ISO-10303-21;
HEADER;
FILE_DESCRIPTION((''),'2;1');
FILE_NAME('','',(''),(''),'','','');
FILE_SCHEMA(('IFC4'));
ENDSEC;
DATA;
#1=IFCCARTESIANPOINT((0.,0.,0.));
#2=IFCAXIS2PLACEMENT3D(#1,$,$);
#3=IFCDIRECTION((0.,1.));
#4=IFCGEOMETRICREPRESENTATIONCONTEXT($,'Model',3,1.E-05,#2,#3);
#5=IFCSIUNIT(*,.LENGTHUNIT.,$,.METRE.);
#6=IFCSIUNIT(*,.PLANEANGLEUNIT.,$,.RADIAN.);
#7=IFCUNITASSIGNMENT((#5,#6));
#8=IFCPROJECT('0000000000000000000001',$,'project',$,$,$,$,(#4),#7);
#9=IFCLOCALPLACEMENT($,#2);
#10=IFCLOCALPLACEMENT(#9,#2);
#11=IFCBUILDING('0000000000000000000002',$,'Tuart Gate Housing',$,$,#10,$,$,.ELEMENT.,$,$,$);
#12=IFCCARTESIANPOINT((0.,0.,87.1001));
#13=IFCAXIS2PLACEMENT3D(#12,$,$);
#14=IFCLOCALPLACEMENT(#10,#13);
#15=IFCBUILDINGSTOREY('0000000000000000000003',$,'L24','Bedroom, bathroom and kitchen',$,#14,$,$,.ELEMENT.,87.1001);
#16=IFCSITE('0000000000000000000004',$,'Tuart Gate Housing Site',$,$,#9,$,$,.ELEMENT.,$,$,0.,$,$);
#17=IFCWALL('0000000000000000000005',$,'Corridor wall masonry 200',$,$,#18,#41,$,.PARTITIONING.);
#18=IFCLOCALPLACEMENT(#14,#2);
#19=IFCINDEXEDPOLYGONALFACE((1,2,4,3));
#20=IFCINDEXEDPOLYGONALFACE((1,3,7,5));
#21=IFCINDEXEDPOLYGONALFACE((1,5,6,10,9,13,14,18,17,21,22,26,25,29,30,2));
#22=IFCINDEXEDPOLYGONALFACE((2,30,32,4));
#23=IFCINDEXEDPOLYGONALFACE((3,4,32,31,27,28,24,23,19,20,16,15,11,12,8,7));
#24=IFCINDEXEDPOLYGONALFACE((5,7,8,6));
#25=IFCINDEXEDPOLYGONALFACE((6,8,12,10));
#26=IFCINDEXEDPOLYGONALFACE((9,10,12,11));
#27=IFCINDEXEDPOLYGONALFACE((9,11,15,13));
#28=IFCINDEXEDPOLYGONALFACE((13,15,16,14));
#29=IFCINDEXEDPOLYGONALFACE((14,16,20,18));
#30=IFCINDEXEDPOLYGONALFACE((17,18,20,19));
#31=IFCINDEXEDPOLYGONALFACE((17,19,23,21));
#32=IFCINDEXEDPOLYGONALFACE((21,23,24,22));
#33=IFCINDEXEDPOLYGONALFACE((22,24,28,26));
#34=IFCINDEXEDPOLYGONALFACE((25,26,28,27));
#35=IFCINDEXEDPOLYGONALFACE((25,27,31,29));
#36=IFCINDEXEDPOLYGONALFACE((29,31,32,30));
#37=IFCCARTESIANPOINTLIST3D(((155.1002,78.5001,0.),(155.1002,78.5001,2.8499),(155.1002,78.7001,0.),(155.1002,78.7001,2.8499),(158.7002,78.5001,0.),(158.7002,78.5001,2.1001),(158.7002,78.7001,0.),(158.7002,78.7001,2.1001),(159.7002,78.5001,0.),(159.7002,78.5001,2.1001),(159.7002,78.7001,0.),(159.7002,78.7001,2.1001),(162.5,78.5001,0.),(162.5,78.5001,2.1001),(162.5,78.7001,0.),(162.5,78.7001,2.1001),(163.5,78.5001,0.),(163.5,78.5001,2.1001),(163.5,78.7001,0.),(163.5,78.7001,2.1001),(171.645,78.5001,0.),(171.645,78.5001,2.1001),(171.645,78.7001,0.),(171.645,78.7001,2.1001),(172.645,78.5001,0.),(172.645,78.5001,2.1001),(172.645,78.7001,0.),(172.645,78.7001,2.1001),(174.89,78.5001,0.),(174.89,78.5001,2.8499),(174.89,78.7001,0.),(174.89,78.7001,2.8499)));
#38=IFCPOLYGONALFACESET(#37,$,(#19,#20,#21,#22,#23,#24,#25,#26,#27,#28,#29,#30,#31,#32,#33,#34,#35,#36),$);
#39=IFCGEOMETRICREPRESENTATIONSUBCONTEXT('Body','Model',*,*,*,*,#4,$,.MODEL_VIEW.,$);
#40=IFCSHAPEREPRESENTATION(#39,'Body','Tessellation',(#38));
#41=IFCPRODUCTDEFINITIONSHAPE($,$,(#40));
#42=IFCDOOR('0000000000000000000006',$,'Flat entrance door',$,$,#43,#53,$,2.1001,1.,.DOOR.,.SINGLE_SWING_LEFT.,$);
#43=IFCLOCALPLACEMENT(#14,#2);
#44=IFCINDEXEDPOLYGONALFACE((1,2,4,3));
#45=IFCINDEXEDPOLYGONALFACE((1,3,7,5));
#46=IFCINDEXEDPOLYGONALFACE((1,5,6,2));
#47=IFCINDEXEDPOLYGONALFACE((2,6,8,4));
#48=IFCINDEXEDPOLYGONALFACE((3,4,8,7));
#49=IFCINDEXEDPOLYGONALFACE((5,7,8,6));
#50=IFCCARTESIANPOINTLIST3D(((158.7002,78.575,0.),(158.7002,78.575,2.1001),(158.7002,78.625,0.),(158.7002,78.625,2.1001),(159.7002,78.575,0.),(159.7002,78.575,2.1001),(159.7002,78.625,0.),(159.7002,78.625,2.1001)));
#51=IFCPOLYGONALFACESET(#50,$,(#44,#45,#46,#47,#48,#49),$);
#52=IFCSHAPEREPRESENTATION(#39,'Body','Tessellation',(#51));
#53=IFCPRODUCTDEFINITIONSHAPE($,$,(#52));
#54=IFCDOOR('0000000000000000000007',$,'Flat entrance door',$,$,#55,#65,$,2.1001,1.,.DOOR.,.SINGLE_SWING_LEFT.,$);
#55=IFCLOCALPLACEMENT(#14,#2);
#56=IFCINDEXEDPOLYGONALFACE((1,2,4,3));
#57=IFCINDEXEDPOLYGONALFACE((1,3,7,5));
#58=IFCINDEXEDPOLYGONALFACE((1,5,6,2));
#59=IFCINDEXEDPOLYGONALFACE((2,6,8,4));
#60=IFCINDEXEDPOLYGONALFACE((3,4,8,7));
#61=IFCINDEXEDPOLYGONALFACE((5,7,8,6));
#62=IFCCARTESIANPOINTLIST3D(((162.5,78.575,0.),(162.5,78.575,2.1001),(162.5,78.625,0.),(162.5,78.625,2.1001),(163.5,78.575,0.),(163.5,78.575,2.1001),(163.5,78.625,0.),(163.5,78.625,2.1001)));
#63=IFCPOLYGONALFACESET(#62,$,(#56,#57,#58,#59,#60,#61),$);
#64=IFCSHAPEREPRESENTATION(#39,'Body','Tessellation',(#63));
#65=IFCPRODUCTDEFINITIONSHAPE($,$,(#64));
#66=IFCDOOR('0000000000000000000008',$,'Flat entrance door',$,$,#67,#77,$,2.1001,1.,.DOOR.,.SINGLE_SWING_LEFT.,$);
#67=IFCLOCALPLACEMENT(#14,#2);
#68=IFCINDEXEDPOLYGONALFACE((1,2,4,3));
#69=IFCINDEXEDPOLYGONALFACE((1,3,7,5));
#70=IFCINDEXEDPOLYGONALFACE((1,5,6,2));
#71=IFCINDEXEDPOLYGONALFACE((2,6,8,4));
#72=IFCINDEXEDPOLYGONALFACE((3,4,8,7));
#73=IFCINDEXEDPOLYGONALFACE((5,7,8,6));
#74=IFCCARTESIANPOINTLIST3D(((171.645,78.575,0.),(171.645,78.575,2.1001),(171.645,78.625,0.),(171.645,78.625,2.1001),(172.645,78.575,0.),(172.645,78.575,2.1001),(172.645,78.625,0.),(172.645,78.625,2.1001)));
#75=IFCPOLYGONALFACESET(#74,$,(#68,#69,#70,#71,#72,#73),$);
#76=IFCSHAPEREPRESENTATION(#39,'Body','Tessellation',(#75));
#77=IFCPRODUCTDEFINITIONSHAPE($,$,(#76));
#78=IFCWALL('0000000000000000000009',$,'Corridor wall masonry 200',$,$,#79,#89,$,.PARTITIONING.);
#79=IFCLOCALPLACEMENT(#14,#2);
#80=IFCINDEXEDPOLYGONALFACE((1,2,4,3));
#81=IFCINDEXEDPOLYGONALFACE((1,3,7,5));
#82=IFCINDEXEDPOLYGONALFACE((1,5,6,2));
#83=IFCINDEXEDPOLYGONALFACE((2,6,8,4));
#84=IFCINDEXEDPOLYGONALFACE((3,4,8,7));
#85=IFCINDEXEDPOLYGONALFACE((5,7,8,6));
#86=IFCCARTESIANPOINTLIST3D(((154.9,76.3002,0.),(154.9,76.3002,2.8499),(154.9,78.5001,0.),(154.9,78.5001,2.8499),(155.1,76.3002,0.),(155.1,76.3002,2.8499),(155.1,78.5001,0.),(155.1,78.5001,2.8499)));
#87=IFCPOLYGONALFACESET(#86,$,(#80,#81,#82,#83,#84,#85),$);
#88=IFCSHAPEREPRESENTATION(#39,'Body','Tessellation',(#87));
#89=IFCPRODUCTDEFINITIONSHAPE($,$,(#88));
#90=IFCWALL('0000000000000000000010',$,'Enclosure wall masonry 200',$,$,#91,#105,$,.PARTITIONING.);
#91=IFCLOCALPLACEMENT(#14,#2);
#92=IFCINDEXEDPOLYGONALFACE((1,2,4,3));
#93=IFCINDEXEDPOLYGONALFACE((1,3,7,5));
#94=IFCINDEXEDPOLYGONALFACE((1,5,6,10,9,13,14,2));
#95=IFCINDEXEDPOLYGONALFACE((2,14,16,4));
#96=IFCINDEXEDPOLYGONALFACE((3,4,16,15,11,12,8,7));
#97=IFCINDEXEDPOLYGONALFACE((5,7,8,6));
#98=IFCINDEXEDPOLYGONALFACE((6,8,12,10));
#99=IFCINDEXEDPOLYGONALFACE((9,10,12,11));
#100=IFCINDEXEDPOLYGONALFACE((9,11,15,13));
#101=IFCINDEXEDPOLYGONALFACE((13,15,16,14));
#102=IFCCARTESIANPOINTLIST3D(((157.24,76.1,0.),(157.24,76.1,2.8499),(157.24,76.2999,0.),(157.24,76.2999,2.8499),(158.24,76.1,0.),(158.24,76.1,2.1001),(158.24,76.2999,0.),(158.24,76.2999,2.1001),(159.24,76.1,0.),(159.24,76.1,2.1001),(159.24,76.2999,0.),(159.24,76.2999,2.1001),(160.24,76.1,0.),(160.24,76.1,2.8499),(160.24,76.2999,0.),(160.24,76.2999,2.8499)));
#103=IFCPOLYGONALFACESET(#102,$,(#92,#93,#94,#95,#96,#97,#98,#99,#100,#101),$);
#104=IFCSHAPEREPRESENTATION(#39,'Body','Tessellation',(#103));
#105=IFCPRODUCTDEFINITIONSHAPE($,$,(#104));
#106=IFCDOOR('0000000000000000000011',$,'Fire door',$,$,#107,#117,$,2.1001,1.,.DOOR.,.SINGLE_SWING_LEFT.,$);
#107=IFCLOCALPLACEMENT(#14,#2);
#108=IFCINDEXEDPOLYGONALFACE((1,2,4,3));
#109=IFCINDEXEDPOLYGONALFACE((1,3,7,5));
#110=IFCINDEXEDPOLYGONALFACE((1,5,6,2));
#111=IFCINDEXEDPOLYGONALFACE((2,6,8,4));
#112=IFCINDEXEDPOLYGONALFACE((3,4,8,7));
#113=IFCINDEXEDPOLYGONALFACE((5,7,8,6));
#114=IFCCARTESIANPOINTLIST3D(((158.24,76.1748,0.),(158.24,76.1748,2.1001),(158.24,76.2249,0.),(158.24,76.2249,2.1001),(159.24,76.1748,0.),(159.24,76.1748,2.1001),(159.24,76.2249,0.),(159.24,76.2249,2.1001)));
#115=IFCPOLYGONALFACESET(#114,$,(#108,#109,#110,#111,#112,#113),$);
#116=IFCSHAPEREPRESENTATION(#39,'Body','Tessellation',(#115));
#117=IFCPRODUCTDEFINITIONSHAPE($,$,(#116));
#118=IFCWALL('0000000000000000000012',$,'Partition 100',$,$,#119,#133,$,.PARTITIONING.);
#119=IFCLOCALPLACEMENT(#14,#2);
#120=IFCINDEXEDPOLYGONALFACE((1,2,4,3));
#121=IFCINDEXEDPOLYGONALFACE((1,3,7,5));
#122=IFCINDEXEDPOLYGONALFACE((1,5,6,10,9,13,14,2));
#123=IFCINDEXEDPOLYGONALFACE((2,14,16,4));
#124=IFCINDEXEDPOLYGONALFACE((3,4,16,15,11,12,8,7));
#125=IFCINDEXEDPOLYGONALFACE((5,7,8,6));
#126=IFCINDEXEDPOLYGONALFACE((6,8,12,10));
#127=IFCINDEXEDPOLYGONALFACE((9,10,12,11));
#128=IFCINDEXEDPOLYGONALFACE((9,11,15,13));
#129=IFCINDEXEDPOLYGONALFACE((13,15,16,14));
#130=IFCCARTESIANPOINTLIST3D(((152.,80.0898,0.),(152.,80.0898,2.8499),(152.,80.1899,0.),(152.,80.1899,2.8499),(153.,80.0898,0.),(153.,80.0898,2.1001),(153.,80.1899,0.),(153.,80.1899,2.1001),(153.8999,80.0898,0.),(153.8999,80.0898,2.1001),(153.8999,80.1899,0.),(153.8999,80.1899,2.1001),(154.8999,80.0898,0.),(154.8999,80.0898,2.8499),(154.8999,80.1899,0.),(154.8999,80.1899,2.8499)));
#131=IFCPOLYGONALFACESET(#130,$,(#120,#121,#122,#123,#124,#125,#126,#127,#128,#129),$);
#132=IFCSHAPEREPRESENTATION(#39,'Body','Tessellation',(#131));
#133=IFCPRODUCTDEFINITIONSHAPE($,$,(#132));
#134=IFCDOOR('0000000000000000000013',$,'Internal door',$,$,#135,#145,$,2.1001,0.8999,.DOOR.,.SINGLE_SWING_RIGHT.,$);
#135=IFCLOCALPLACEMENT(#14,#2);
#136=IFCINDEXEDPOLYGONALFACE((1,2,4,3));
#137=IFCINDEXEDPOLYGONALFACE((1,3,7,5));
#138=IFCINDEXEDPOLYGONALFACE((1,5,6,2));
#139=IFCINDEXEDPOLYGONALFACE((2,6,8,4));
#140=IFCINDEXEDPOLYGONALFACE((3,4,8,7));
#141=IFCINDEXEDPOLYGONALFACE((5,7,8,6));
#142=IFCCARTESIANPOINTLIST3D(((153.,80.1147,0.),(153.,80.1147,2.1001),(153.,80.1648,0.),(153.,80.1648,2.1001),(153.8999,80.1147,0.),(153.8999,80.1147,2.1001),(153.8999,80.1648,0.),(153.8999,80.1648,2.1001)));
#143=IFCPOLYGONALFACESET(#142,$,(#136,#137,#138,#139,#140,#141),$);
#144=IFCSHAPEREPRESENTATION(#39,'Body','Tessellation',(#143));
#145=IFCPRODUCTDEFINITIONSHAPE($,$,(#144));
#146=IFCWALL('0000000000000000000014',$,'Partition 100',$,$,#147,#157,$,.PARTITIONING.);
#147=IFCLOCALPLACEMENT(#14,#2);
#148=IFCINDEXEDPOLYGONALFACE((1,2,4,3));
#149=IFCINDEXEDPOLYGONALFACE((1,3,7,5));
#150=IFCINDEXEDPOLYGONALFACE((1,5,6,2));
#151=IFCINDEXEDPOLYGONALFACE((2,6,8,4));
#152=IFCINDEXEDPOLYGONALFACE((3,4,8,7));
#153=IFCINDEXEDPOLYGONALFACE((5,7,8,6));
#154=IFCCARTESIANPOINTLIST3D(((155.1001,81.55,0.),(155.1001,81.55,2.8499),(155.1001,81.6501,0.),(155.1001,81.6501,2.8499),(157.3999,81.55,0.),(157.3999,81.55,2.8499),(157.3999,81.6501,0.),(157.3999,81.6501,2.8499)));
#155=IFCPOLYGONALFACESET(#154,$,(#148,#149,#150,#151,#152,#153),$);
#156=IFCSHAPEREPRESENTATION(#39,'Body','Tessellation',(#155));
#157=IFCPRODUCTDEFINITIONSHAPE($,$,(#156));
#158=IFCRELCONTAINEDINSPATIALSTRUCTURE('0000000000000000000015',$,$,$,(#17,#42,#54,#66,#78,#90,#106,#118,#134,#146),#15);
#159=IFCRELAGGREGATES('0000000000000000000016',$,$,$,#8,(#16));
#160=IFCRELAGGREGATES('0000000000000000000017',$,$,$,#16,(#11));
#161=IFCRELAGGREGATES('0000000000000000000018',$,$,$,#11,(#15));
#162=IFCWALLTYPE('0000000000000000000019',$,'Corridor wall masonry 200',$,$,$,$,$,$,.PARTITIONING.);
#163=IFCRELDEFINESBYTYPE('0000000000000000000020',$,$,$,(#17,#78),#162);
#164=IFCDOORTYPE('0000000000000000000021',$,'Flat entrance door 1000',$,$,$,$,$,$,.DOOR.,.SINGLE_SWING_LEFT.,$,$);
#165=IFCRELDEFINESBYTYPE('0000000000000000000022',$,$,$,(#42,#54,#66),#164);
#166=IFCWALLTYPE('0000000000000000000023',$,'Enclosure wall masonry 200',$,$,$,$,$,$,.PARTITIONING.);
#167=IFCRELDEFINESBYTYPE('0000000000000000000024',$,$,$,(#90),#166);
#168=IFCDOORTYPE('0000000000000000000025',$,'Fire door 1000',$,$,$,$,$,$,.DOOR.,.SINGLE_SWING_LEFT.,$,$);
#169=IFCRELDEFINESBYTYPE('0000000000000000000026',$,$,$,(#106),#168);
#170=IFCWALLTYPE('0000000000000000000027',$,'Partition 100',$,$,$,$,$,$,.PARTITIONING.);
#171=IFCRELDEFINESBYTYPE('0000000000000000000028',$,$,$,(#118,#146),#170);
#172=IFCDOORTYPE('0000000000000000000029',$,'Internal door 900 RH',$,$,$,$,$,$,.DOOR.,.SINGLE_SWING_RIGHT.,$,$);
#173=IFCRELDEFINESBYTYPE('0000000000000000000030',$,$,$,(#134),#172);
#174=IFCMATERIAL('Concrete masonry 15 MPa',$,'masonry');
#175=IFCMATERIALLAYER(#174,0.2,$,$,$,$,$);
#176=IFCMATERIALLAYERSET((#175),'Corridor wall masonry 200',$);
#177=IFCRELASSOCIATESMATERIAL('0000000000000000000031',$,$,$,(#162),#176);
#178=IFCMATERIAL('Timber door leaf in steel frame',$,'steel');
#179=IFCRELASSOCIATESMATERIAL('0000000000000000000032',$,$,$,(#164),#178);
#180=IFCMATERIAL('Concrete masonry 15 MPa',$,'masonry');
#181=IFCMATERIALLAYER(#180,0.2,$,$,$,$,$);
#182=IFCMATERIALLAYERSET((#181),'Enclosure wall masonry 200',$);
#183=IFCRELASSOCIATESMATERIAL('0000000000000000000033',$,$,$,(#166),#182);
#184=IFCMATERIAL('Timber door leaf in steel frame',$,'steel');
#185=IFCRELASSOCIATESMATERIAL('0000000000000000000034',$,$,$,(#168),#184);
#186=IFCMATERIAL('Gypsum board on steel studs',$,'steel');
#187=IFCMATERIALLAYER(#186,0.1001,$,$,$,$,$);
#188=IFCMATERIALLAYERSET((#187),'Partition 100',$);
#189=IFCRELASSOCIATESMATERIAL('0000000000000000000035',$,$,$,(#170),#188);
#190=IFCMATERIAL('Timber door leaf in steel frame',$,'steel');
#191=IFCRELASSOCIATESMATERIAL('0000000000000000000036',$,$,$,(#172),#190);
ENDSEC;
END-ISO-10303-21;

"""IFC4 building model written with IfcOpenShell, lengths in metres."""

from ifc_helpers import new_model, si_unit, direction, frame, frame_2d, origin, place, context, subcontext, project, spatial, rectangle, extrude, material, layer, layer_set, type_object, element, fill, save


model = new_model("IFC4")

# Units and contexts
model_context = context("Model", 3, precision=1e-05, world=origin(), true_north=direction((0.0, 1.0)))
body_context = subcontext(model_context, "Body", "Model", "MODEL_VIEW")
ifc_project = project(units=[si_unit("LENGTHUNIT", "METRE"), si_unit("PLANEANGLEUNIT", "RADIAN")], contexts=[model_context])

# Site, building, storey
site_placement = place(None, origin())
site = spatial("IfcSite", under=ifc_project, at=site_placement, Name="Tuart Gate Housing Site", CompositionType="ELEMENT", RefElevation=0.0)
building_placement = place(site_placement, origin())
building = spatial("IfcBuilding", under=site, at=building_placement, Name="Tuart Gate Housing", CompositionType="ELEMENT")
storey_placement = place(building_placement, frame((0.0, 0.0, 87.1001)))
storey = spatial("IfcBuildingStorey", under=building, at=storey_placement, Name="L24", Description="Bedroom, bathroom and kitchen", CompositionType="ELEMENT", Elevation=87.1001)

# Shared definitions
ifc_material_1 = material(Name="Concrete masonry 15 MPa", Category="masonry")
ifc_layer_1 = layer(ifc_material_1, 0.2)
ifc_layer_set_1 = layer_set([ifc_layer_1], Name="Corridor wall masonry 200")
wall_type_1 = type_object("IfcWallType", Name="Corridor wall masonry 200", PredefinedType="PARTITIONING", material=ifc_layer_set_1)

# Wall, openings, doors
wall_1_placement = place(storey_placement, frame((155.1001, 78.6001, 0.0), z_axis=(0.0, 0.0, 1.0), x_axis=(1.0, 0.0, 0.0)))
wall_1 = element("IfcWall", 1, at=wall_1_placement, inside=storey, type_object=wall_type_1, Name="Corridor wall masonry 200", PredefinedType="PARTITIONING", context=body_context, shape_type="SweptSolid", body=[
    extrude(rectangle(XDim=19.7898, YDim=0.2, at=frame_2d((9.895, 0.0))), origin(), (0.0, 0.0, 1.0), 2.8499),
])
opening_1_placement = place(wall_1_placement, frame((3.6001, 0.0, 0.0)))
opening_1 = element("IfcOpeningElement", 2, at=opening_1_placement, cuts=wall_1, PredefinedType="OPENING", context=body_context, shape_type="SweptSolid", body=[
    extrude(rectangle(XDim=1.0, YDim=2.1001, at=frame_2d((0.5, 1.05))), frame((0.0, 0.1099, 0.0), z_axis=(0.0, -1.0, 0.0), x_axis=(1.0, 0.0, 0.0)), (0.0, 0.0, 1.0), 0.22),
])
opening_2_placement = place(wall_1_placement, frame((7.3999, 0.0, 0.0)))
opening_2 = element("IfcOpeningElement", 3, at=opening_2_placement, cuts=wall_1, PredefinedType="OPENING", context=body_context, shape_type="SweptSolid", body=[
    extrude(rectangle(XDim=1.0, YDim=2.1001, at=frame_2d((0.5, 1.05))), frame((0.0, 0.1099, 0.0), z_axis=(0.0, -1.0, 0.0), x_axis=(1.0, 0.0, 0.0)), (0.0, 0.0, 1.0), 0.22),
])
opening_3_placement = place(wall_1_placement, frame((16.5449, 0.0, 0.0)))
opening_3 = element("IfcOpeningElement", 4, at=opening_3_placement, cuts=wall_1, PredefinedType="OPENING", context=body_context, shape_type="SweptSolid", body=[
    extrude(rectangle(XDim=1.0, YDim=2.1001, at=frame_2d((0.5, 1.05))), frame((0.0, 0.1099, 0.0), z_axis=(0.0, -1.0, 0.0), x_axis=(1.0, 0.0, 0.0)), (0.0, 0.0, 1.0), 0.22),
])
ifc_material_2 = material(Name="Timber door leaf in steel frame", Category="steel")
door_type_1 = type_object("IfcDoorType", Name="Flat entrance door 1000", OperationType="SINGLE_SWING_LEFT", PredefinedType="DOOR", material=ifc_material_2)
door_1_placement = place(opening_1_placement, origin())
door_1 = element("IfcDoor", 5, at=door_1_placement, inside=storey, type_object=door_type_1, Name="Flat entrance door", OperationType="SINGLE_SWING_LEFT", OverallHeight=2.1001, OverallWidth=1.0, PredefinedType="DOOR", context=body_context, shape_type="SweptSolid", body=[
    extrude(rectangle(XDim=1.0, YDim=2.1001, at=frame_2d((0.5, 1.05))), frame((0.0, 0.0249, 0.0), z_axis=(0.0, -1.0, 0.0), x_axis=(1.0, 0.0, 0.0)), (0.0, 0.0, 1.0), 0.05),
])
fill(opening_1, door_1)
door_2_placement = place(opening_2_placement, origin())
door_2 = element("IfcDoor", 6, at=door_2_placement, inside=storey, type_object=door_type_1, Name="Flat entrance door", OperationType="SINGLE_SWING_LEFT", OverallHeight=2.1001, OverallWidth=1.0, PredefinedType="DOOR", context=body_context, shape_type="SweptSolid", body=[
    extrude(rectangle(XDim=1.0, YDim=2.1001, at=frame_2d((0.5, 1.05))), frame((0.0, 0.0249, 0.0), z_axis=(0.0, -1.0, 0.0), x_axis=(1.0, 0.0, 0.0)), (0.0, 0.0, 1.0), 0.05),
])
fill(opening_2, door_2)
door_3_placement = place(opening_3_placement, origin())
door_3 = element("IfcDoor", 7, at=door_3_placement, inside=storey, type_object=door_type_1, Name="Flat entrance door", OperationType="SINGLE_SWING_LEFT", OverallHeight=2.1001, OverallWidth=1.0, PredefinedType="DOOR", context=body_context, shape_type="SweptSolid", body=[
    extrude(rectangle(XDim=1.0, YDim=2.1001, at=frame_2d((0.5, 1.05))), frame((0.0, 0.0249, 0.0), z_axis=(0.0, -1.0, 0.0), x_axis=(1.0, 0.0, 0.0)), (0.0, 0.0, 1.0), 0.05),
])
fill(opening_3, door_3)

# Wall
wall_2_placement = place(storey_placement, frame((155.0, 76.3, 0.0), z_axis=(0.0, 0.0, 1.0), x_axis=(0.0, 1.0, 0.0)))
element("IfcWall", 8, at=wall_2_placement, inside=storey, type_object=wall_type_1, Name="Corridor wall masonry 200", PredefinedType="PARTITIONING", context=body_context, shape_type="SweptSolid", body=[
    extrude(rectangle(XDim=2.2, YDim=0.2, at=frame_2d((1.1001, 0.0))), origin(), (0.0, 0.0, 1.0), 2.8499),
])

# Walls, openings, doors
ifc_material_3 = material(Name="Concrete masonry 15 MPa", Category="masonry")
ifc_layer_2 = layer(ifc_material_3, 0.2)
ifc_layer_set_2 = layer_set([ifc_layer_2], Name="Enclosure wall masonry 200")
wall_type_2 = type_object("IfcWallType", Name="Enclosure wall masonry 200", PredefinedType="PARTITIONING", material=ifc_layer_set_2)
wall_3_placement = place(storey_placement, frame((157.24, 76.2, 0.0), z_axis=(0.0, 0.0, 1.0), x_axis=(1.0, 0.0, 0.0)))
wall_3 = element("IfcWall", 9, at=wall_3_placement, inside=storey, type_object=wall_type_2, Name="Enclosure wall masonry 200", PredefinedType="PARTITIONING", context=body_context, shape_type="SweptSolid", body=[
    extrude(rectangle(XDim=3.0, YDim=0.2, at=frame_2d((1.5, 0.0))), origin(), (0.0, 0.0, 1.0), 2.8499),
])
opening_4_placement = place(wall_3_placement, frame((1.0, 0.0, 0.0)))
opening_4 = element("IfcOpeningElement", 10, at=opening_4_placement, cuts=wall_3, PredefinedType="OPENING", context=body_context, shape_type="SweptSolid", body=[
    extrude(rectangle(XDim=1.0, YDim=2.1001, at=frame_2d((0.5, 1.05))), frame((0.0, 0.1099, 0.0), z_axis=(0.0, -1.0, 0.0), x_axis=(1.0, 0.0, 0.0)), (0.0, 0.0, 1.0), 0.22),
])
ifc_material_4 = material(Name="Timber door leaf in steel frame", Category="steel")
door_type_2 = type_object("IfcDoorType", Name="Fire door 1000", OperationType="SINGLE_SWING_LEFT", PredefinedType="DOOR", material=ifc_material_4)
door_4_placement = place(opening_4_placement, origin())
door_4 = element("IfcDoor", 11, at=door_4_placement, inside=storey, type_object=door_type_2, Name="Fire door", OperationType="SINGLE_SWING_LEFT", OverallHeight=2.1001, OverallWidth=1.0, PredefinedType="DOOR", context=body_context, shape_type="SweptSolid", body=[
    extrude(rectangle(XDim=1.0, YDim=2.1001, at=frame_2d((0.5, 1.05))), frame((0.0, 0.0249, 0.0), z_axis=(0.0, -1.0, 0.0), x_axis=(1.0, 0.0, 0.0)), (0.0, 0.0, 1.0), 0.05),
])
fill(opening_4, door_4)
ifc_material_5 = material(Name="Gypsum board on steel studs", Category="steel")
ifc_layer_3 = layer(ifc_material_5, 0.1001)
ifc_layer_set_3 = layer_set([ifc_layer_3], Name="Partition 100")
wall_type_3 = type_object("IfcWallType", Name="Partition 100", PredefinedType="PARTITIONING", material=ifc_layer_set_3)
wall_4_placement = place(storey_placement, frame((152.0, 80.1399, 0.0), z_axis=(0.0, 0.0, 1.0), x_axis=(1.0, 0.0, 0.0)))
wall_4 = element("IfcWall", 12, at=wall_4_placement, inside=storey, type_object=wall_type_3, Name="Partition 100", PredefinedType="PARTITIONING", context=body_context, shape_type="SweptSolid", body=[
    extrude(rectangle(XDim=2.8999, YDim=0.1001, at=frame_2d((1.45, 0.0))), origin(), (0.0, 0.0, 1.0), 2.8499),
])
opening_5_placement = place(wall_4_placement, frame((1.0, 0.0, 0.0)))
opening_5 = element("IfcOpeningElement", 13, at=opening_5_placement, cuts=wall_4, PredefinedType="OPENING", context=body_context, shape_type="SweptSolid", body=[
    extrude(rectangle(XDim=0.8999, YDim=2.1001, at=frame_2d((0.45, 1.05))), frame((0.0, 0.0601, 0.0), z_axis=(0.0, -1.0, 0.0), x_axis=(1.0, 0.0, 0.0)), (0.0, 0.0, 1.0), 0.1201),
])
ifc_material_6 = material(Name="Timber door leaf in steel frame", Category="steel")
door_type_3 = type_object("IfcDoorType", Name="Internal door 900 RH", OperationType="SINGLE_SWING_RIGHT", PredefinedType="DOOR", material=ifc_material_6)
door_5_placement = place(opening_5_placement, frame((0.8999, 0.0, 0.0), z_axis=(0.0, 0.0, 1.0), x_axis=(-1.0, 0.0, 0.0)))
door_5 = element("IfcDoor", 14, at=door_5_placement, inside=storey, type_object=door_type_3, Name="Internal door", OperationType="SINGLE_SWING_RIGHT", OverallHeight=2.1001, OverallWidth=0.8999, PredefinedType="DOOR", context=body_context, shape_type="SweptSolid", body=[
    extrude(rectangle(XDim=0.8999, YDim=2.1001, at=frame_2d((0.45, 1.05))), frame((0.0, 0.0251, 0.0), z_axis=(0.0, -1.0, 0.0), x_axis=(1.0, 0.0, 0.0)), (0.0, 0.0, 1.0), 0.05),
])
fill(opening_5, door_5)

# Wall
wall_5_placement = place(storey_placement, frame((155.1001, 81.6001, 0.0), z_axis=(0.0, 0.0, 1.0), x_axis=(1.0, 0.0, 0.0)))
element("IfcWall", 15, at=wall_5_placement, inside=storey, type_object=wall_type_3, Name="Partition 100", PredefinedType="PARTITIONING", context=body_context, shape_type="SweptSolid", body=[
    extrude(rectangle(XDim=2.2998, YDim=0.1001, at=frame_2d((1.1499, 0.0))), origin(), (0.0, 0.0, 1.0), 2.8499),
])

save(model, "model.ifc")
